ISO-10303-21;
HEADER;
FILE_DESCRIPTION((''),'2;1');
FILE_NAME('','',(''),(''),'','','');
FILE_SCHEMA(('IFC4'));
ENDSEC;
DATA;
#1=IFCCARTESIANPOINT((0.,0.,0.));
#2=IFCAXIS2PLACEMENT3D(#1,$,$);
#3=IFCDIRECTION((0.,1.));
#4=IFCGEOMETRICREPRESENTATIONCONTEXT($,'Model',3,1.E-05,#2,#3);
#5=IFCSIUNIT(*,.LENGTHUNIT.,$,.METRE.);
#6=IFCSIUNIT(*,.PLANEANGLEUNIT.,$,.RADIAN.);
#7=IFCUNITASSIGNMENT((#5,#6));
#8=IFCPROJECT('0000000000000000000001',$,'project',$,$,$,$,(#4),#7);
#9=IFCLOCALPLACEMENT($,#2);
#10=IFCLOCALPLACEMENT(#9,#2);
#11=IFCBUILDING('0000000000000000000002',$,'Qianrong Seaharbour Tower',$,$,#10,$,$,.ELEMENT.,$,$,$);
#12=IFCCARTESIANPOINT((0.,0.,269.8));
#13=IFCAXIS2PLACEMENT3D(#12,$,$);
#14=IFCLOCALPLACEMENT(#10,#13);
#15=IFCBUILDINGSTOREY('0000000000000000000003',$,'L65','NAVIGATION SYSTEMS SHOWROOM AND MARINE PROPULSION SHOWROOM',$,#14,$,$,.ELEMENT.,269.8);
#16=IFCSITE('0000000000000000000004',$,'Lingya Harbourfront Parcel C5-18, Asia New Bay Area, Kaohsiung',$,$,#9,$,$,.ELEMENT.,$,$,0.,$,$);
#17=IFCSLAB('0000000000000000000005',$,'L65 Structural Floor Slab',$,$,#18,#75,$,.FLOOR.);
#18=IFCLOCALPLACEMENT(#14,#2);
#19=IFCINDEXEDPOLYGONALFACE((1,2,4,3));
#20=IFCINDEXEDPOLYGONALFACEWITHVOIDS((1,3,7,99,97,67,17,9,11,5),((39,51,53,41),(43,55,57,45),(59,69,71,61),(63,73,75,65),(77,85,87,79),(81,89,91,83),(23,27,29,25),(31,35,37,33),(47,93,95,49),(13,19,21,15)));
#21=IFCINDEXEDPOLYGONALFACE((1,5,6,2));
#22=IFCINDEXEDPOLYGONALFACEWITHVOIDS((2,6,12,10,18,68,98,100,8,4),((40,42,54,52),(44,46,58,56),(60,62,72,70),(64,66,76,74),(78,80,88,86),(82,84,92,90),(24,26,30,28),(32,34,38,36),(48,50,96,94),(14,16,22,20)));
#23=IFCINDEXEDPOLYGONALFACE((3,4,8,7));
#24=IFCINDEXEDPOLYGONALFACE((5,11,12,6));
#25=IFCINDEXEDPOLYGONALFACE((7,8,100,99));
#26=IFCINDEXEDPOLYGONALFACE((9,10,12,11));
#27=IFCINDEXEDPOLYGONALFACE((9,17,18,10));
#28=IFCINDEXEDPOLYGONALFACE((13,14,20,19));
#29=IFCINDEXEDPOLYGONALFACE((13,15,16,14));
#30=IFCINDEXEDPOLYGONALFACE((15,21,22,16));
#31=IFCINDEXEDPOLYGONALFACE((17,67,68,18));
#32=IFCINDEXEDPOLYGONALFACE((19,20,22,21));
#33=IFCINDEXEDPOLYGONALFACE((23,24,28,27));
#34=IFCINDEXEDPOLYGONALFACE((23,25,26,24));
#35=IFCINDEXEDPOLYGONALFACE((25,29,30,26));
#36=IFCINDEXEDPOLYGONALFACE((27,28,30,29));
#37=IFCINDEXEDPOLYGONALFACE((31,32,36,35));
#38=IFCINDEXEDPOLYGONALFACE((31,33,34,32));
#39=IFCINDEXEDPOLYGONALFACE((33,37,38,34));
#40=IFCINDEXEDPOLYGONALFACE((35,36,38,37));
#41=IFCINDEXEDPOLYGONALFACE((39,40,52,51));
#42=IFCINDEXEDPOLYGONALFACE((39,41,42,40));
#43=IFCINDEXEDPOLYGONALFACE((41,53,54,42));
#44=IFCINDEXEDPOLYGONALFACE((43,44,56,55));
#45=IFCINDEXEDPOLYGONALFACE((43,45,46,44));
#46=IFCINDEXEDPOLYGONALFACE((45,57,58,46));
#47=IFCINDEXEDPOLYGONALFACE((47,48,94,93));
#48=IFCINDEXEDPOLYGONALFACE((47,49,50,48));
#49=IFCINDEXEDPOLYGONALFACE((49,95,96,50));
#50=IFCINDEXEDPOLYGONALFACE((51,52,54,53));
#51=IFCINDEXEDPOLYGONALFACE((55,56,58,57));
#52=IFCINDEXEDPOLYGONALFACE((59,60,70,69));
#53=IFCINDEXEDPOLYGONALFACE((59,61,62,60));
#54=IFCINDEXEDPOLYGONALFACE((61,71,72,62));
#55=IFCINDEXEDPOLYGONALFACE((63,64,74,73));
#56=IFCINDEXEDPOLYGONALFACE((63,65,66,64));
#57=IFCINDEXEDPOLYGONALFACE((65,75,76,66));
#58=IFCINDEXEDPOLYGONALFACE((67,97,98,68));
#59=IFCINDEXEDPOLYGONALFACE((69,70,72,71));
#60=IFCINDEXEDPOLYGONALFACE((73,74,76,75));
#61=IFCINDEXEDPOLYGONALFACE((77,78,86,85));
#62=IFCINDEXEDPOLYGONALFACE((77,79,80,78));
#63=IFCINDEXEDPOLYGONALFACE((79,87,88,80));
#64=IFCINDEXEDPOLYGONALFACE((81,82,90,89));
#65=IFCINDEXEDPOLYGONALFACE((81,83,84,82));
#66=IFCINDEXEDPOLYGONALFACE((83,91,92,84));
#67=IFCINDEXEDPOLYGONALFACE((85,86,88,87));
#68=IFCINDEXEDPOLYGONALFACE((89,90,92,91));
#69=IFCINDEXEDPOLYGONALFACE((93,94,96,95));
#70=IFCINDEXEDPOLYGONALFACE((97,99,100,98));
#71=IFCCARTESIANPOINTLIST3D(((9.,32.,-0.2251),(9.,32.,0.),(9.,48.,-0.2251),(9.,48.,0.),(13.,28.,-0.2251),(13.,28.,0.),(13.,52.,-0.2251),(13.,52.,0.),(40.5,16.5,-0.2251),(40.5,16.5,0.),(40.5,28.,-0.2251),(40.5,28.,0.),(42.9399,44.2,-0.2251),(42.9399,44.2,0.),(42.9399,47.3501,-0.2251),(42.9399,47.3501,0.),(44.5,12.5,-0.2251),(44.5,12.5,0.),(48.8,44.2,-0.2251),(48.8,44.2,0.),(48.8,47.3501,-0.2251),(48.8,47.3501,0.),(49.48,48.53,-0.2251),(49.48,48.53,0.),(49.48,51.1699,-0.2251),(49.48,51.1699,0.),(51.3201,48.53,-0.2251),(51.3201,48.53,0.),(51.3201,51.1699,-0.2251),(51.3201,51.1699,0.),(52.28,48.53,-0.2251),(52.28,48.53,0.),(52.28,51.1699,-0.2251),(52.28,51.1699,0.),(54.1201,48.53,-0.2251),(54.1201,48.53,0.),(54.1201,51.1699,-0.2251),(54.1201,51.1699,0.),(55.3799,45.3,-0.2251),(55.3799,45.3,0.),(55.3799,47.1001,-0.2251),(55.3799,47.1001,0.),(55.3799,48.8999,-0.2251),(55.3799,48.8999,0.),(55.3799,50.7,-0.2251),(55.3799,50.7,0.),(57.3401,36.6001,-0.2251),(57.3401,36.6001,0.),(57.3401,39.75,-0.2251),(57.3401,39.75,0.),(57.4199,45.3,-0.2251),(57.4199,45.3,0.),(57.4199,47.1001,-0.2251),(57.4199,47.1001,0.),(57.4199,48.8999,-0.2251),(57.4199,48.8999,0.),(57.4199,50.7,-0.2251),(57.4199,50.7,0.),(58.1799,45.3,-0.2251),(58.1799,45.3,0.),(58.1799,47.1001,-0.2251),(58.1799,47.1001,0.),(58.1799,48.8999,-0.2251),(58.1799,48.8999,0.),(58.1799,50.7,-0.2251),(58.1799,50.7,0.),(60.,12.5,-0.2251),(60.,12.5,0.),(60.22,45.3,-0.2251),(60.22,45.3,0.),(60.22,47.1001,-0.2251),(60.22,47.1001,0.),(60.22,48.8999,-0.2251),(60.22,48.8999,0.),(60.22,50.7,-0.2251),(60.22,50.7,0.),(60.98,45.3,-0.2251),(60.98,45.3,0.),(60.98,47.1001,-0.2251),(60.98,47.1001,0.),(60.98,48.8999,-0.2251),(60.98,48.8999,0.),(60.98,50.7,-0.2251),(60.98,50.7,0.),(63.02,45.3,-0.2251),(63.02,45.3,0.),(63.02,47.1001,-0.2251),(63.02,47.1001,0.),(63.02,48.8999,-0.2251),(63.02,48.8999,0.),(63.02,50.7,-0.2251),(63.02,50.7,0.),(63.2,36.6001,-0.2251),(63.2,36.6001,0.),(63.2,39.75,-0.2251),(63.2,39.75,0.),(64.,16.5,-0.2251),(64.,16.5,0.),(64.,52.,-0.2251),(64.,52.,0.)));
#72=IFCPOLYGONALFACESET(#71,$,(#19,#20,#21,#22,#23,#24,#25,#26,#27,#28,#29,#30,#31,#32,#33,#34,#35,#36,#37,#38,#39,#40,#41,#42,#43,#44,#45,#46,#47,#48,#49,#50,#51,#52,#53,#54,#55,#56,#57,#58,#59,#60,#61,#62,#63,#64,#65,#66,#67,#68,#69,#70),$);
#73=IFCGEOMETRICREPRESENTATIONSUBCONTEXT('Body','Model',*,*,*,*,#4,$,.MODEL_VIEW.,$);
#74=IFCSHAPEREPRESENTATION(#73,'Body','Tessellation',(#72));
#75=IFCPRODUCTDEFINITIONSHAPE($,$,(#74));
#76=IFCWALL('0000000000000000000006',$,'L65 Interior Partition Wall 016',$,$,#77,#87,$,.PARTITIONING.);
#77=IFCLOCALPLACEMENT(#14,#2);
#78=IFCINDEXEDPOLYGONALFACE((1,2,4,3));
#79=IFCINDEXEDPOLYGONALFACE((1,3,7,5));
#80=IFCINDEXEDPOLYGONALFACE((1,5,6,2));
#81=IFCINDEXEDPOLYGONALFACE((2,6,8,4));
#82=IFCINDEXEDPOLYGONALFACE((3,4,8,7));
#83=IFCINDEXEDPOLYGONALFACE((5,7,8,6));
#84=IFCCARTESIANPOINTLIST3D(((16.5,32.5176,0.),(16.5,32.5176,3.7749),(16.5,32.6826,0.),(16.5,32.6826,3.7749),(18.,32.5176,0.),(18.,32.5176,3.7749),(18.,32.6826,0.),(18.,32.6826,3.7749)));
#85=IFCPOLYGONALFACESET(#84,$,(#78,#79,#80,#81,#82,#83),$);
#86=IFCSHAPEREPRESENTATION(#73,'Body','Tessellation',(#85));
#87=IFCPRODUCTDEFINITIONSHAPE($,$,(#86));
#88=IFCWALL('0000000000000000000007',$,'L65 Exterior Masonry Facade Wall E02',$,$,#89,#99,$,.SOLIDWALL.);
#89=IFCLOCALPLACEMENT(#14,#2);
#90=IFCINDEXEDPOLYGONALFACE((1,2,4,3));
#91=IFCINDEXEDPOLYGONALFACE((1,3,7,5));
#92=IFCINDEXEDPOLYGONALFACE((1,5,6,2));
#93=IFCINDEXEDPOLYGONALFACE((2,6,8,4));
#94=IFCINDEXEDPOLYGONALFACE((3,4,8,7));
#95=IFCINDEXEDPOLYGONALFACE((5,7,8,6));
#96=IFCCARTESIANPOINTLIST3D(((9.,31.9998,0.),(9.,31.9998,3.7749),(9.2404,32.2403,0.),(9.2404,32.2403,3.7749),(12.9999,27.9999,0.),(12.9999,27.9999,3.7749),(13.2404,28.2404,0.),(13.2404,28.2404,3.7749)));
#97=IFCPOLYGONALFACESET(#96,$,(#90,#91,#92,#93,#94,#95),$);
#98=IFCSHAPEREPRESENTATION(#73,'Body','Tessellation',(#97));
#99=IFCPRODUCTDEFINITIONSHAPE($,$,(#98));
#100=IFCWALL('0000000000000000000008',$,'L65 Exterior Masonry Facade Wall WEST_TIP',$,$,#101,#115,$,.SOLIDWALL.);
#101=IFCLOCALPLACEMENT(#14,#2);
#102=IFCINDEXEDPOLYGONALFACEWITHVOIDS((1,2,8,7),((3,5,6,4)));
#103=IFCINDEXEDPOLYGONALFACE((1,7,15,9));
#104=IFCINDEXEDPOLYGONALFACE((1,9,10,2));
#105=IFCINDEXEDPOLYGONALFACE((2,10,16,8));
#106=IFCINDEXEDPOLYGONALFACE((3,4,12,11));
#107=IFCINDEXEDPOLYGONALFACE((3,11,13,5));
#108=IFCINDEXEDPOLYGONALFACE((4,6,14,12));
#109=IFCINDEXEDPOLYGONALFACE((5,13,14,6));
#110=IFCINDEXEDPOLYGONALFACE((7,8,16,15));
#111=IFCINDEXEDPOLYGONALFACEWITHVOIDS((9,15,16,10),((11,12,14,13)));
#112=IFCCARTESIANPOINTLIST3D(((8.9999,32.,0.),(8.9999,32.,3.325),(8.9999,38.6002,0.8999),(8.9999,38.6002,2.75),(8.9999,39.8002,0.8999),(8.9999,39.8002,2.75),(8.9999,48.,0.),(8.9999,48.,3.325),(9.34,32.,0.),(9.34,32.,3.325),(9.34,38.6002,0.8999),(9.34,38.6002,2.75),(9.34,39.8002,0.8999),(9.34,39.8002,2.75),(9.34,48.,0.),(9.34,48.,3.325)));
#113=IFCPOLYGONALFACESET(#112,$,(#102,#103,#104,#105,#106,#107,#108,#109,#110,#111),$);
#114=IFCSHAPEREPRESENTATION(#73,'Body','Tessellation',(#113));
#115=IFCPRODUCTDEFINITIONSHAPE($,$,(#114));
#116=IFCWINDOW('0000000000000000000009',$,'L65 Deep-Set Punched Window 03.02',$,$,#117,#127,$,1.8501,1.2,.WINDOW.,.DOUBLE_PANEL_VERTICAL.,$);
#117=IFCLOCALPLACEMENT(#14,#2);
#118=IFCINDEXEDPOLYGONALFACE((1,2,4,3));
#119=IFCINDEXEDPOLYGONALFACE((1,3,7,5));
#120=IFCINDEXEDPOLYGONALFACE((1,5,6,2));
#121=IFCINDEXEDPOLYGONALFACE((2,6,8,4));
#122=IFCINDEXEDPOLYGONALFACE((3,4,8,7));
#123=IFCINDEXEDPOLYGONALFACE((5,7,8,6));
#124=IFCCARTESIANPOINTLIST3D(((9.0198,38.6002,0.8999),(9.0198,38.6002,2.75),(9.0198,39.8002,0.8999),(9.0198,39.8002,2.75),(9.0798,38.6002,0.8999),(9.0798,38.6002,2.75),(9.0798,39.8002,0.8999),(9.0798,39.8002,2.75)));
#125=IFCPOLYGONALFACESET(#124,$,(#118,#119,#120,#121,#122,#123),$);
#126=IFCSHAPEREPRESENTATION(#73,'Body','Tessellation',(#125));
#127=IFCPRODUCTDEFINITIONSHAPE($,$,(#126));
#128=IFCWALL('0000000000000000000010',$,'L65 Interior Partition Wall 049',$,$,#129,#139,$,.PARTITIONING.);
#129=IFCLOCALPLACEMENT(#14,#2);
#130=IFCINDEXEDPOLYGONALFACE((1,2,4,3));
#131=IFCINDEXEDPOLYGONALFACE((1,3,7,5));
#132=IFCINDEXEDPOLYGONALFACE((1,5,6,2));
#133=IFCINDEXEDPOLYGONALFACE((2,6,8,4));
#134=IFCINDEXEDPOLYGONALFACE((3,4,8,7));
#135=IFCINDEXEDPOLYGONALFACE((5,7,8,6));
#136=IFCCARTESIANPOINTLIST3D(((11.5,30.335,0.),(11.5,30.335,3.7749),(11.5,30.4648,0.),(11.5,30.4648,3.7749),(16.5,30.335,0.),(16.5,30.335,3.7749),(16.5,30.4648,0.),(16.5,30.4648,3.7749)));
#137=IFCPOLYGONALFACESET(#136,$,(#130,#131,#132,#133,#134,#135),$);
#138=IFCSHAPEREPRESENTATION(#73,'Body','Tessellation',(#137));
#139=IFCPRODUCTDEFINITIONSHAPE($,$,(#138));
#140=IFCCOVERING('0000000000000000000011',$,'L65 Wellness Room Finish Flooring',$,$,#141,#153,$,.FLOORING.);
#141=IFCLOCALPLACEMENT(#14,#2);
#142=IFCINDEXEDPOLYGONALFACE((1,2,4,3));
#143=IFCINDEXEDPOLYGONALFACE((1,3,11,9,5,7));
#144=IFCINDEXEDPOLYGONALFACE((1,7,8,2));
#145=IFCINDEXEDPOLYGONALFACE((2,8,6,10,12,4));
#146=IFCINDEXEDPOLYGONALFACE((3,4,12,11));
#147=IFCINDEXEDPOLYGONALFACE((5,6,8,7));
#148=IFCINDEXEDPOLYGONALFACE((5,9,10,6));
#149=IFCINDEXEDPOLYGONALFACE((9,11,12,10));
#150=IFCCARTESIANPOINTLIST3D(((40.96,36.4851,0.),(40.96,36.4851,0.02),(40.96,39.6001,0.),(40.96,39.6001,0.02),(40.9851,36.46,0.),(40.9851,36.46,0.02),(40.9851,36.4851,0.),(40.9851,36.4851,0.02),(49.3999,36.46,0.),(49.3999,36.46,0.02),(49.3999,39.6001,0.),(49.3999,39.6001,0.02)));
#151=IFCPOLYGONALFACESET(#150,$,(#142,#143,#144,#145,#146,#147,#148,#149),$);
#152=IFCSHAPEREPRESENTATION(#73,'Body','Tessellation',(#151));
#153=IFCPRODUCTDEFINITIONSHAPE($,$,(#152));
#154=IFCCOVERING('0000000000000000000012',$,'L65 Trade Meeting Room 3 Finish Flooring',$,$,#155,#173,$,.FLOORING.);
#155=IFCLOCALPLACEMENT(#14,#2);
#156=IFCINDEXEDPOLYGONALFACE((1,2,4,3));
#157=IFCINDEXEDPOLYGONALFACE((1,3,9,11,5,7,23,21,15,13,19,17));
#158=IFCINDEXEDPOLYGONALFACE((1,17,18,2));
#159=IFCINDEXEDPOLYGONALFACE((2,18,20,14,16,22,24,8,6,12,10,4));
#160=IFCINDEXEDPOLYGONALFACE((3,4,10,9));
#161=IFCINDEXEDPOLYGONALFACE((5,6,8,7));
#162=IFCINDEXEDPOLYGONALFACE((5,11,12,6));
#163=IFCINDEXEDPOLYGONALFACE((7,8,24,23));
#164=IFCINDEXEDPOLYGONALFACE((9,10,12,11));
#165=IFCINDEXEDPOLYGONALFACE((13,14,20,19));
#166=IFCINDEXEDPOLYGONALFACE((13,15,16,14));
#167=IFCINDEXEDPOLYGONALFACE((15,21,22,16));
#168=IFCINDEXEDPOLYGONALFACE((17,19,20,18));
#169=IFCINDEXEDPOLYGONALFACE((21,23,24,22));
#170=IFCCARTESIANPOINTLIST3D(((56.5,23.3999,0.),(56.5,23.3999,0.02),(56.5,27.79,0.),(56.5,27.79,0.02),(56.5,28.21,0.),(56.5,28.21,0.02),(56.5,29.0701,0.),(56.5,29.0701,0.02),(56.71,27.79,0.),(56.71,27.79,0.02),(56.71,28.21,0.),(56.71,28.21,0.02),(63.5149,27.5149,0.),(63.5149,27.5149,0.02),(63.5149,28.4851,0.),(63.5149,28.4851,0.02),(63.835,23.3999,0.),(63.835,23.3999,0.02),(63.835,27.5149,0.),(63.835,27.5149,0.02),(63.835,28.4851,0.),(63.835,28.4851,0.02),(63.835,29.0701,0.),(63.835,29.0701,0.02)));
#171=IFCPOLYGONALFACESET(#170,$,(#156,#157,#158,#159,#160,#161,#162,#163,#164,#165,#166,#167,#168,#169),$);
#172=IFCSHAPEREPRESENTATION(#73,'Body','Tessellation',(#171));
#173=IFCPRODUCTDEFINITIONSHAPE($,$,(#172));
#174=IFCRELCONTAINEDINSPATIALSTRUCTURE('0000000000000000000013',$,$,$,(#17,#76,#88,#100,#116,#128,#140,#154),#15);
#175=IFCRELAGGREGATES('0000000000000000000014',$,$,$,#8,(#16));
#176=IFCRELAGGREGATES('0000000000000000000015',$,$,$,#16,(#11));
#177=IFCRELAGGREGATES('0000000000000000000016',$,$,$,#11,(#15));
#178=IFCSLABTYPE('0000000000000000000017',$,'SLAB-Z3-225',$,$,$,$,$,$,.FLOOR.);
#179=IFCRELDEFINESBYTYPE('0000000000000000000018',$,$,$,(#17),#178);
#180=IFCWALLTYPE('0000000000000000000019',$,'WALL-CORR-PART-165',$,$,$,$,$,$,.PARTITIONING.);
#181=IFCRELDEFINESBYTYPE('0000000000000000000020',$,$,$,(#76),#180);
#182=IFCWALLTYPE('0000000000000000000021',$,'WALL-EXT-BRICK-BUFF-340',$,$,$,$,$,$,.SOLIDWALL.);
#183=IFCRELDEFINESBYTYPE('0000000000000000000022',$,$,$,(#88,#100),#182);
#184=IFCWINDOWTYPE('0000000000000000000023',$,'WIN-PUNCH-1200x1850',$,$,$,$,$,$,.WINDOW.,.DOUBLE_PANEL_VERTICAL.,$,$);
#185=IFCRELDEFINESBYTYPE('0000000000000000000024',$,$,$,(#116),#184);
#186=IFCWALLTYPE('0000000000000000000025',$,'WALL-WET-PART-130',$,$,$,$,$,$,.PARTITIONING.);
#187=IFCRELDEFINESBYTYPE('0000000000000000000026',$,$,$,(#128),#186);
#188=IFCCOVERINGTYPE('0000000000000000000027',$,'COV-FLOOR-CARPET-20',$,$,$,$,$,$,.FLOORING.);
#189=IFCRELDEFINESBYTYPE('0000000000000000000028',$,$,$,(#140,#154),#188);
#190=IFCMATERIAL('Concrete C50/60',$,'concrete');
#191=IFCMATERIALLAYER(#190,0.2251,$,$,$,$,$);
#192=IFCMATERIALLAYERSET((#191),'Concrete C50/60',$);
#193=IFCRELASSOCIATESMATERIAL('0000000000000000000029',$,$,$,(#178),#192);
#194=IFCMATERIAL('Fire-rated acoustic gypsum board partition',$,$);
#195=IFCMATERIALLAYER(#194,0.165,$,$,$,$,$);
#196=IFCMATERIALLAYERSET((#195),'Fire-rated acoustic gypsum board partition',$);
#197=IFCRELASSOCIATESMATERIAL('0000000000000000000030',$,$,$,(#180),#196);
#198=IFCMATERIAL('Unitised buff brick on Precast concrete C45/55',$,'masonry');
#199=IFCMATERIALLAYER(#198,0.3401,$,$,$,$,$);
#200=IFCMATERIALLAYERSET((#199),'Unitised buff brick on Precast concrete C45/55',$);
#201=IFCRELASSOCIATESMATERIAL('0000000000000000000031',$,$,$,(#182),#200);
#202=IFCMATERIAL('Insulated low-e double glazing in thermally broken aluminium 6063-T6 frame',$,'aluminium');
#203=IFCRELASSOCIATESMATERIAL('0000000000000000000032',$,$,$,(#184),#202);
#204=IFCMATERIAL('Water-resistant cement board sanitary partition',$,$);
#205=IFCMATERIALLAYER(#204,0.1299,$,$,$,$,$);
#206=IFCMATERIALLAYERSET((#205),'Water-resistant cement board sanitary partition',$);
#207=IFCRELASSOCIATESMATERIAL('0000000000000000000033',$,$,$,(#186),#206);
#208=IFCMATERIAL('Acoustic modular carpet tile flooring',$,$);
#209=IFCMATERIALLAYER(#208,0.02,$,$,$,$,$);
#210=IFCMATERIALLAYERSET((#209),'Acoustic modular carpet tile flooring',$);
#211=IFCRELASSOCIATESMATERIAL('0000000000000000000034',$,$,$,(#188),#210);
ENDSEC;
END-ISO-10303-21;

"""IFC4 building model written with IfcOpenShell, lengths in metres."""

from ifc_helpers import new_model, si_unit, direction, frame, frame_2d, origin, place, context, subcontext, project, spatial, polyline, rectangle, outline, extrude, material, layer, layer_set, type_object, element, fill, save


model = new_model("IFC4")

# Units and contexts
model_context = context("Model", 3, precision=1e-05, world=origin(), true_north=direction((0.0, 1.0)))
body_context = subcontext(model_context, "Body", "Model", "MODEL_VIEW")
ifc_project = project(units=[si_unit("LENGTHUNIT", "METRE"), si_unit("PLANEANGLEUNIT", "RADIAN")], contexts=[model_context])

# Site, building, storey
site_placement = place(None, origin())
site = spatial("IfcSite", under=ifc_project, at=site_placement, Name="Lingya Harbourfront Parcel C5-18, Asia New Bay Area, Kaohsiung", CompositionType="ELEMENT", RefElevation=0.0)
building_placement = place(site_placement, origin())
building = spatial("IfcBuilding", under=site, at=building_placement, Name="Qianrong Seaharbour Tower", CompositionType="ELEMENT")
storey_placement = place(building_placement, frame((0.0, 0.0, 269.8)))
storey = spatial("IfcBuildingStorey", under=building, at=storey_placement, Name="L65", Description="NAVIGATION SYSTEMS SHOWROOM AND MARINE PROPULSION SHOWROOM", CompositionType="ELEMENT", Elevation=269.8)

# Shared definitions
ifc_material_1 = material(Name="Concrete C50/60", Category="concrete")

# Slab
ifc_layer_1 = layer(ifc_material_1, 0.2251)
ifc_layer_set_1 = layer_set([ifc_layer_1], Name="Concrete C50/60")
slab_type_1 = type_object("IfcSlabType", Name="SLAB-Z3-225", PredefinedType="FLOOR", material=ifc_layer_set_1)
slab_1_placement = place(storey_placement, frame((0.0, 0.0, -0.2251)))
element("IfcSlab", 1, at=slab_1_placement, inside=storey, type_object=slab_type_1, Name="L65 Structural Floor Slab", PredefinedType="FLOOR", context=body_context, shape_type="SweptSolid", body=[
    extrude(outline(polyline([(44.5, 12.5), (60.0, 12.5), (64.0, 16.5), (64.0, 52.0), (13.0, 52.0), (9.0, 48.0), (9.0, 32.0), (13.0, 28.0), (40.5, 28.0), (40.5, 16.5), (44.5, 12.5)]), holes=[polyline([(42.9399, 44.2), (42.9399, 47.3501), (48.8, 47.3501), (48.8, 44.2), (42.9399, 44.2)]), polyline([(57.3401, 36.6001), (57.3401, 39.75), (63.2, 39.75), (63.2, 36.6001), (57.3401, 36.6001)]), polyline([(49.48, 48.53), (49.48, 51.1699), (51.3201, 51.1699), (51.3201, 48.53), (49.48, 48.53)]), polyline([(52.28, 48.53), (52.28, 51.1699), (54.1201, 51.1699), (54.1201, 48.53), (52.28, 48.53)]), polyline([(55.3799, 45.3), (55.3799, 47.1001), (57.4199, 47.1001), (57.4199, 45.3), (55.3799, 45.3)]), polyline([(58.1799, 45.3), (58.1799, 47.1001), (60.22, 47.1001), (60.22, 45.3), (58.1799, 45.3)]), polyline([(60.98, 45.3), (60.98, 47.1001), (63.02, 47.1001), (63.02, 45.3), (60.98, 45.3)]), polyline([(55.3799, 48.8999), (55.3799, 50.7), (57.4199, 50.7), (57.4199, 48.8999), (55.3799, 48.8999)]), polyline([(58.1799, 48.8999), (58.1799, 50.7), (60.22, 50.7), (60.22, 48.8999), (58.1799, 48.8999)]), polyline([(60.98, 48.8999), (60.98, 50.7), (63.02, 50.7), (63.02, 48.8999), (60.98, 48.8999)])]), origin(), (0.0, 0.0, 1.0), 0.2251),
])

# Shared definitions
ifc_material_2 = material(Name="Fire-rated acoustic gypsum board partition")
ifc_layer_2 = layer(ifc_material_2, 0.165)
ifc_layer_set_2 = layer_set([ifc_layer_2], Name="Fire-rated acoustic gypsum board partition")
wall_type_1 = type_object("IfcWallType", Name="WALL-CORR-PART-165", PredefinedType="PARTITIONING", material=ifc_layer_set_2)

# Walls
wall_1_placement = place(storey_placement, frame((16.5, 32.6001, 0.0), z_axis=(0.0, 0.0, 1.0), x_axis=(1.0, 0.0, 0.0)))
element("IfcWall", 2, at=wall_1_placement, inside=storey, type_object=wall_type_1, Name="L65 Interior Partition Wall 016", PredefinedType="PARTITIONING", context=body_context, shape_type="SweptSolid", body=[
    extrude(rectangle(XDim=1.5, YDim=0.165, at=frame_2d((0.75, 0.0))), origin(), (0.0, 0.0, 1.0), 3.7749),
])
ifc_material_3 = material(Name="Unitised buff brick on Precast concrete C45/55", Category="masonry")
ifc_layer_3 = layer(ifc_material_3, 0.3401)
ifc_layer_set_3 = layer_set([ifc_layer_3], Name="Unitised buff brick on Precast concrete C45/55")
wall_type_2 = type_object("IfcWallType", Name="WALL-EXT-BRICK-BUFF-340", PredefinedType="SOLIDWALL", material=ifc_layer_set_3)
wall_2_placement = place(storey_placement, frame((13.1201, 28.1201, 0.0), z_axis=(0.0, 0.0, 1.0), x_axis=(-0.707107, 0.707107, 0.0)))
element("IfcWall", 3, at=wall_2_placement, inside=storey, type_object=wall_type_2, Name="L65 Exterior Masonry Facade Wall E02", PredefinedType="SOLIDWALL", context=body_context, shape_type="SweptSolid", body=[
    extrude(rectangle(XDim=5.6567, YDim=0.3401, at=frame_2d((2.8284, 0.0))), origin(), (0.0, 0.0, 1.0), 3.7749),
])

# Wall, opening, window
wall_3_placement = place(storey_placement, frame((9.1699, 32.0, 0.0), z_axis=(0.0, 0.0, 1.0), x_axis=(0.0, 1.0, 0.0)))
wall_3 = element("IfcWall", 4, at=wall_3_placement, inside=storey, type_object=wall_type_2, Name="L65 Exterior Masonry Facade Wall WEST_TIP", PredefinedType="SOLIDWALL", context=body_context, shape_type="SweptSolid", body=[
    extrude(rectangle(XDim=16.0, YDim=0.3401, at=frame_2d((8.0, 0.0))), origin(), (0.0, 0.0, 1.0), 3.325),
])
opening_1_placement = place(wall_3_placement, frame((6.6001, 0.0, 0.8999)))
opening_1 = element("IfcOpeningElement", 5, at=opening_1_placement, cuts=wall_3, PredefinedType="OPENING", context=body_context, shape_type="SweptSolid", body=[
    extrude(rectangle(XDim=1.2, YDim=1.8501, at=frame_2d((0.6001, 0.925))), frame((0.0, 0.1802, 0.0), z_axis=(0.0, -1.0, 0.0), x_axis=(1.0, 0.0, 0.0)), (0.0, 0.0, 1.0), 0.3601),
])
ifc_material_4 = material(Name="Insulated low-e double glazing in thermally broken aluminium 6063-T6 frame", Category="aluminium")
window_type = type_object("IfcWindowType", Name="WIN-PUNCH-1200x1850", PartitioningType="DOUBLE_PANEL_VERTICAL", PredefinedType="WINDOW", material=ifc_material_4)
window_placement = place(opening_1_placement, origin())
window = element("IfcWindow", 6, at=window_placement, inside=storey, type_object=window_type, Name="L65 Deep-Set Punched Window 03.02", OverallHeight=1.8501, OverallWidth=1.2, PartitioningType="DOUBLE_PANEL_VERTICAL", PredefinedType="WINDOW", context=body_context, shape_type="SweptSolid", body=[
    extrude(rectangle(XDim=1.2, YDim=1.8501, at=frame_2d((0.6001, 0.925))), frame((0.0, 0.1501, 0.0), z_axis=(0.0, -1.0, 0.0), x_axis=(1.0, 0.0, 0.0)), (0.0, 0.0, 1.0), 0.0601),
])
fill(opening_1, window)

# Wall
ifc_material_5 = material(Name="Water-resistant cement board sanitary partition")
ifc_layer_4 = layer(ifc_material_5, 0.1299)
ifc_layer_set_4 = layer_set([ifc_layer_4], Name="Water-resistant cement board sanitary partition")
wall_type_3 = type_object("IfcWallType", Name="WALL-WET-PART-130", PredefinedType="PARTITIONING", material=ifc_layer_set_4)
wall_4_placement = place(storey_placement, frame((16.5, 30.3999, 0.0), z_axis=(0.0, 0.0, 1.0), x_axis=(-1.0, 0.0, 0.0)))
element("IfcWall", 7, at=wall_4_placement, inside=storey, type_object=wall_type_3, Name="L65 Interior Partition Wall 049", PredefinedType="PARTITIONING", context=body_context, shape_type="SweptSolid", body=[
    extrude(rectangle(XDim=5.0, YDim=0.1299, at=frame_2d((2.5, 0.0))), origin(), (0.0, 0.0, 1.0), 3.7749),
])

# Coverings
ifc_material_6 = material(Name="Acoustic modular carpet tile flooring")
ifc_layer_5 = layer(ifc_material_6, 0.02)
ifc_layer_set_5 = layer_set([ifc_layer_5], Name="Acoustic modular carpet tile flooring")
covering_type_1 = type_object("IfcCoveringType", Name="COV-FLOOR-CARPET-20", PredefinedType="FLOORING", material=ifc_layer_set_5)
covering_1_placement = place(storey_placement, origin())
element("IfcCovering", 8, at=covering_1_placement, inside=storey, type_object=covering_type_1, Name="L65 Wellness Room Finish Flooring", PredefinedType="FLOORING", context=body_context, shape_type="SweptSolid", body=[
    extrude(outline(polyline([(49.3999, 39.6001), (49.3999, 36.46), (40.9851, 36.46), (40.9851, 36.4851), (40.96, 36.4851), (40.96, 39.6001), (49.3999, 39.6001)])), origin(), (0.0, 0.0, 1.0), 0.02),
])
covering_2_placement = place(storey_placement, origin())
element("IfcCovering", 9, at=covering_2_placement, inside=storey, type_object=covering_type_1, Name="L65 Trade Meeting Room 3 Finish Flooring", PredefinedType="FLOORING", context=body_context, shape_type="SweptSolid", body=[
    extrude(outline(polyline([(63.835, 29.0701), (63.835, 28.4851), (63.5149, 28.4851), (63.5149, 27.5149), (63.835, 27.5149), (63.835, 23.3999), (56.5, 23.3999), (56.5, 27.79), (56.71, 27.79), (56.71, 28.21), (56.5, 28.21), (56.5, 29.0701), (63.835, 29.0701)])), origin(), (0.0, 0.0, 1.0), 0.02),
])

save(model, "model.ifc")
